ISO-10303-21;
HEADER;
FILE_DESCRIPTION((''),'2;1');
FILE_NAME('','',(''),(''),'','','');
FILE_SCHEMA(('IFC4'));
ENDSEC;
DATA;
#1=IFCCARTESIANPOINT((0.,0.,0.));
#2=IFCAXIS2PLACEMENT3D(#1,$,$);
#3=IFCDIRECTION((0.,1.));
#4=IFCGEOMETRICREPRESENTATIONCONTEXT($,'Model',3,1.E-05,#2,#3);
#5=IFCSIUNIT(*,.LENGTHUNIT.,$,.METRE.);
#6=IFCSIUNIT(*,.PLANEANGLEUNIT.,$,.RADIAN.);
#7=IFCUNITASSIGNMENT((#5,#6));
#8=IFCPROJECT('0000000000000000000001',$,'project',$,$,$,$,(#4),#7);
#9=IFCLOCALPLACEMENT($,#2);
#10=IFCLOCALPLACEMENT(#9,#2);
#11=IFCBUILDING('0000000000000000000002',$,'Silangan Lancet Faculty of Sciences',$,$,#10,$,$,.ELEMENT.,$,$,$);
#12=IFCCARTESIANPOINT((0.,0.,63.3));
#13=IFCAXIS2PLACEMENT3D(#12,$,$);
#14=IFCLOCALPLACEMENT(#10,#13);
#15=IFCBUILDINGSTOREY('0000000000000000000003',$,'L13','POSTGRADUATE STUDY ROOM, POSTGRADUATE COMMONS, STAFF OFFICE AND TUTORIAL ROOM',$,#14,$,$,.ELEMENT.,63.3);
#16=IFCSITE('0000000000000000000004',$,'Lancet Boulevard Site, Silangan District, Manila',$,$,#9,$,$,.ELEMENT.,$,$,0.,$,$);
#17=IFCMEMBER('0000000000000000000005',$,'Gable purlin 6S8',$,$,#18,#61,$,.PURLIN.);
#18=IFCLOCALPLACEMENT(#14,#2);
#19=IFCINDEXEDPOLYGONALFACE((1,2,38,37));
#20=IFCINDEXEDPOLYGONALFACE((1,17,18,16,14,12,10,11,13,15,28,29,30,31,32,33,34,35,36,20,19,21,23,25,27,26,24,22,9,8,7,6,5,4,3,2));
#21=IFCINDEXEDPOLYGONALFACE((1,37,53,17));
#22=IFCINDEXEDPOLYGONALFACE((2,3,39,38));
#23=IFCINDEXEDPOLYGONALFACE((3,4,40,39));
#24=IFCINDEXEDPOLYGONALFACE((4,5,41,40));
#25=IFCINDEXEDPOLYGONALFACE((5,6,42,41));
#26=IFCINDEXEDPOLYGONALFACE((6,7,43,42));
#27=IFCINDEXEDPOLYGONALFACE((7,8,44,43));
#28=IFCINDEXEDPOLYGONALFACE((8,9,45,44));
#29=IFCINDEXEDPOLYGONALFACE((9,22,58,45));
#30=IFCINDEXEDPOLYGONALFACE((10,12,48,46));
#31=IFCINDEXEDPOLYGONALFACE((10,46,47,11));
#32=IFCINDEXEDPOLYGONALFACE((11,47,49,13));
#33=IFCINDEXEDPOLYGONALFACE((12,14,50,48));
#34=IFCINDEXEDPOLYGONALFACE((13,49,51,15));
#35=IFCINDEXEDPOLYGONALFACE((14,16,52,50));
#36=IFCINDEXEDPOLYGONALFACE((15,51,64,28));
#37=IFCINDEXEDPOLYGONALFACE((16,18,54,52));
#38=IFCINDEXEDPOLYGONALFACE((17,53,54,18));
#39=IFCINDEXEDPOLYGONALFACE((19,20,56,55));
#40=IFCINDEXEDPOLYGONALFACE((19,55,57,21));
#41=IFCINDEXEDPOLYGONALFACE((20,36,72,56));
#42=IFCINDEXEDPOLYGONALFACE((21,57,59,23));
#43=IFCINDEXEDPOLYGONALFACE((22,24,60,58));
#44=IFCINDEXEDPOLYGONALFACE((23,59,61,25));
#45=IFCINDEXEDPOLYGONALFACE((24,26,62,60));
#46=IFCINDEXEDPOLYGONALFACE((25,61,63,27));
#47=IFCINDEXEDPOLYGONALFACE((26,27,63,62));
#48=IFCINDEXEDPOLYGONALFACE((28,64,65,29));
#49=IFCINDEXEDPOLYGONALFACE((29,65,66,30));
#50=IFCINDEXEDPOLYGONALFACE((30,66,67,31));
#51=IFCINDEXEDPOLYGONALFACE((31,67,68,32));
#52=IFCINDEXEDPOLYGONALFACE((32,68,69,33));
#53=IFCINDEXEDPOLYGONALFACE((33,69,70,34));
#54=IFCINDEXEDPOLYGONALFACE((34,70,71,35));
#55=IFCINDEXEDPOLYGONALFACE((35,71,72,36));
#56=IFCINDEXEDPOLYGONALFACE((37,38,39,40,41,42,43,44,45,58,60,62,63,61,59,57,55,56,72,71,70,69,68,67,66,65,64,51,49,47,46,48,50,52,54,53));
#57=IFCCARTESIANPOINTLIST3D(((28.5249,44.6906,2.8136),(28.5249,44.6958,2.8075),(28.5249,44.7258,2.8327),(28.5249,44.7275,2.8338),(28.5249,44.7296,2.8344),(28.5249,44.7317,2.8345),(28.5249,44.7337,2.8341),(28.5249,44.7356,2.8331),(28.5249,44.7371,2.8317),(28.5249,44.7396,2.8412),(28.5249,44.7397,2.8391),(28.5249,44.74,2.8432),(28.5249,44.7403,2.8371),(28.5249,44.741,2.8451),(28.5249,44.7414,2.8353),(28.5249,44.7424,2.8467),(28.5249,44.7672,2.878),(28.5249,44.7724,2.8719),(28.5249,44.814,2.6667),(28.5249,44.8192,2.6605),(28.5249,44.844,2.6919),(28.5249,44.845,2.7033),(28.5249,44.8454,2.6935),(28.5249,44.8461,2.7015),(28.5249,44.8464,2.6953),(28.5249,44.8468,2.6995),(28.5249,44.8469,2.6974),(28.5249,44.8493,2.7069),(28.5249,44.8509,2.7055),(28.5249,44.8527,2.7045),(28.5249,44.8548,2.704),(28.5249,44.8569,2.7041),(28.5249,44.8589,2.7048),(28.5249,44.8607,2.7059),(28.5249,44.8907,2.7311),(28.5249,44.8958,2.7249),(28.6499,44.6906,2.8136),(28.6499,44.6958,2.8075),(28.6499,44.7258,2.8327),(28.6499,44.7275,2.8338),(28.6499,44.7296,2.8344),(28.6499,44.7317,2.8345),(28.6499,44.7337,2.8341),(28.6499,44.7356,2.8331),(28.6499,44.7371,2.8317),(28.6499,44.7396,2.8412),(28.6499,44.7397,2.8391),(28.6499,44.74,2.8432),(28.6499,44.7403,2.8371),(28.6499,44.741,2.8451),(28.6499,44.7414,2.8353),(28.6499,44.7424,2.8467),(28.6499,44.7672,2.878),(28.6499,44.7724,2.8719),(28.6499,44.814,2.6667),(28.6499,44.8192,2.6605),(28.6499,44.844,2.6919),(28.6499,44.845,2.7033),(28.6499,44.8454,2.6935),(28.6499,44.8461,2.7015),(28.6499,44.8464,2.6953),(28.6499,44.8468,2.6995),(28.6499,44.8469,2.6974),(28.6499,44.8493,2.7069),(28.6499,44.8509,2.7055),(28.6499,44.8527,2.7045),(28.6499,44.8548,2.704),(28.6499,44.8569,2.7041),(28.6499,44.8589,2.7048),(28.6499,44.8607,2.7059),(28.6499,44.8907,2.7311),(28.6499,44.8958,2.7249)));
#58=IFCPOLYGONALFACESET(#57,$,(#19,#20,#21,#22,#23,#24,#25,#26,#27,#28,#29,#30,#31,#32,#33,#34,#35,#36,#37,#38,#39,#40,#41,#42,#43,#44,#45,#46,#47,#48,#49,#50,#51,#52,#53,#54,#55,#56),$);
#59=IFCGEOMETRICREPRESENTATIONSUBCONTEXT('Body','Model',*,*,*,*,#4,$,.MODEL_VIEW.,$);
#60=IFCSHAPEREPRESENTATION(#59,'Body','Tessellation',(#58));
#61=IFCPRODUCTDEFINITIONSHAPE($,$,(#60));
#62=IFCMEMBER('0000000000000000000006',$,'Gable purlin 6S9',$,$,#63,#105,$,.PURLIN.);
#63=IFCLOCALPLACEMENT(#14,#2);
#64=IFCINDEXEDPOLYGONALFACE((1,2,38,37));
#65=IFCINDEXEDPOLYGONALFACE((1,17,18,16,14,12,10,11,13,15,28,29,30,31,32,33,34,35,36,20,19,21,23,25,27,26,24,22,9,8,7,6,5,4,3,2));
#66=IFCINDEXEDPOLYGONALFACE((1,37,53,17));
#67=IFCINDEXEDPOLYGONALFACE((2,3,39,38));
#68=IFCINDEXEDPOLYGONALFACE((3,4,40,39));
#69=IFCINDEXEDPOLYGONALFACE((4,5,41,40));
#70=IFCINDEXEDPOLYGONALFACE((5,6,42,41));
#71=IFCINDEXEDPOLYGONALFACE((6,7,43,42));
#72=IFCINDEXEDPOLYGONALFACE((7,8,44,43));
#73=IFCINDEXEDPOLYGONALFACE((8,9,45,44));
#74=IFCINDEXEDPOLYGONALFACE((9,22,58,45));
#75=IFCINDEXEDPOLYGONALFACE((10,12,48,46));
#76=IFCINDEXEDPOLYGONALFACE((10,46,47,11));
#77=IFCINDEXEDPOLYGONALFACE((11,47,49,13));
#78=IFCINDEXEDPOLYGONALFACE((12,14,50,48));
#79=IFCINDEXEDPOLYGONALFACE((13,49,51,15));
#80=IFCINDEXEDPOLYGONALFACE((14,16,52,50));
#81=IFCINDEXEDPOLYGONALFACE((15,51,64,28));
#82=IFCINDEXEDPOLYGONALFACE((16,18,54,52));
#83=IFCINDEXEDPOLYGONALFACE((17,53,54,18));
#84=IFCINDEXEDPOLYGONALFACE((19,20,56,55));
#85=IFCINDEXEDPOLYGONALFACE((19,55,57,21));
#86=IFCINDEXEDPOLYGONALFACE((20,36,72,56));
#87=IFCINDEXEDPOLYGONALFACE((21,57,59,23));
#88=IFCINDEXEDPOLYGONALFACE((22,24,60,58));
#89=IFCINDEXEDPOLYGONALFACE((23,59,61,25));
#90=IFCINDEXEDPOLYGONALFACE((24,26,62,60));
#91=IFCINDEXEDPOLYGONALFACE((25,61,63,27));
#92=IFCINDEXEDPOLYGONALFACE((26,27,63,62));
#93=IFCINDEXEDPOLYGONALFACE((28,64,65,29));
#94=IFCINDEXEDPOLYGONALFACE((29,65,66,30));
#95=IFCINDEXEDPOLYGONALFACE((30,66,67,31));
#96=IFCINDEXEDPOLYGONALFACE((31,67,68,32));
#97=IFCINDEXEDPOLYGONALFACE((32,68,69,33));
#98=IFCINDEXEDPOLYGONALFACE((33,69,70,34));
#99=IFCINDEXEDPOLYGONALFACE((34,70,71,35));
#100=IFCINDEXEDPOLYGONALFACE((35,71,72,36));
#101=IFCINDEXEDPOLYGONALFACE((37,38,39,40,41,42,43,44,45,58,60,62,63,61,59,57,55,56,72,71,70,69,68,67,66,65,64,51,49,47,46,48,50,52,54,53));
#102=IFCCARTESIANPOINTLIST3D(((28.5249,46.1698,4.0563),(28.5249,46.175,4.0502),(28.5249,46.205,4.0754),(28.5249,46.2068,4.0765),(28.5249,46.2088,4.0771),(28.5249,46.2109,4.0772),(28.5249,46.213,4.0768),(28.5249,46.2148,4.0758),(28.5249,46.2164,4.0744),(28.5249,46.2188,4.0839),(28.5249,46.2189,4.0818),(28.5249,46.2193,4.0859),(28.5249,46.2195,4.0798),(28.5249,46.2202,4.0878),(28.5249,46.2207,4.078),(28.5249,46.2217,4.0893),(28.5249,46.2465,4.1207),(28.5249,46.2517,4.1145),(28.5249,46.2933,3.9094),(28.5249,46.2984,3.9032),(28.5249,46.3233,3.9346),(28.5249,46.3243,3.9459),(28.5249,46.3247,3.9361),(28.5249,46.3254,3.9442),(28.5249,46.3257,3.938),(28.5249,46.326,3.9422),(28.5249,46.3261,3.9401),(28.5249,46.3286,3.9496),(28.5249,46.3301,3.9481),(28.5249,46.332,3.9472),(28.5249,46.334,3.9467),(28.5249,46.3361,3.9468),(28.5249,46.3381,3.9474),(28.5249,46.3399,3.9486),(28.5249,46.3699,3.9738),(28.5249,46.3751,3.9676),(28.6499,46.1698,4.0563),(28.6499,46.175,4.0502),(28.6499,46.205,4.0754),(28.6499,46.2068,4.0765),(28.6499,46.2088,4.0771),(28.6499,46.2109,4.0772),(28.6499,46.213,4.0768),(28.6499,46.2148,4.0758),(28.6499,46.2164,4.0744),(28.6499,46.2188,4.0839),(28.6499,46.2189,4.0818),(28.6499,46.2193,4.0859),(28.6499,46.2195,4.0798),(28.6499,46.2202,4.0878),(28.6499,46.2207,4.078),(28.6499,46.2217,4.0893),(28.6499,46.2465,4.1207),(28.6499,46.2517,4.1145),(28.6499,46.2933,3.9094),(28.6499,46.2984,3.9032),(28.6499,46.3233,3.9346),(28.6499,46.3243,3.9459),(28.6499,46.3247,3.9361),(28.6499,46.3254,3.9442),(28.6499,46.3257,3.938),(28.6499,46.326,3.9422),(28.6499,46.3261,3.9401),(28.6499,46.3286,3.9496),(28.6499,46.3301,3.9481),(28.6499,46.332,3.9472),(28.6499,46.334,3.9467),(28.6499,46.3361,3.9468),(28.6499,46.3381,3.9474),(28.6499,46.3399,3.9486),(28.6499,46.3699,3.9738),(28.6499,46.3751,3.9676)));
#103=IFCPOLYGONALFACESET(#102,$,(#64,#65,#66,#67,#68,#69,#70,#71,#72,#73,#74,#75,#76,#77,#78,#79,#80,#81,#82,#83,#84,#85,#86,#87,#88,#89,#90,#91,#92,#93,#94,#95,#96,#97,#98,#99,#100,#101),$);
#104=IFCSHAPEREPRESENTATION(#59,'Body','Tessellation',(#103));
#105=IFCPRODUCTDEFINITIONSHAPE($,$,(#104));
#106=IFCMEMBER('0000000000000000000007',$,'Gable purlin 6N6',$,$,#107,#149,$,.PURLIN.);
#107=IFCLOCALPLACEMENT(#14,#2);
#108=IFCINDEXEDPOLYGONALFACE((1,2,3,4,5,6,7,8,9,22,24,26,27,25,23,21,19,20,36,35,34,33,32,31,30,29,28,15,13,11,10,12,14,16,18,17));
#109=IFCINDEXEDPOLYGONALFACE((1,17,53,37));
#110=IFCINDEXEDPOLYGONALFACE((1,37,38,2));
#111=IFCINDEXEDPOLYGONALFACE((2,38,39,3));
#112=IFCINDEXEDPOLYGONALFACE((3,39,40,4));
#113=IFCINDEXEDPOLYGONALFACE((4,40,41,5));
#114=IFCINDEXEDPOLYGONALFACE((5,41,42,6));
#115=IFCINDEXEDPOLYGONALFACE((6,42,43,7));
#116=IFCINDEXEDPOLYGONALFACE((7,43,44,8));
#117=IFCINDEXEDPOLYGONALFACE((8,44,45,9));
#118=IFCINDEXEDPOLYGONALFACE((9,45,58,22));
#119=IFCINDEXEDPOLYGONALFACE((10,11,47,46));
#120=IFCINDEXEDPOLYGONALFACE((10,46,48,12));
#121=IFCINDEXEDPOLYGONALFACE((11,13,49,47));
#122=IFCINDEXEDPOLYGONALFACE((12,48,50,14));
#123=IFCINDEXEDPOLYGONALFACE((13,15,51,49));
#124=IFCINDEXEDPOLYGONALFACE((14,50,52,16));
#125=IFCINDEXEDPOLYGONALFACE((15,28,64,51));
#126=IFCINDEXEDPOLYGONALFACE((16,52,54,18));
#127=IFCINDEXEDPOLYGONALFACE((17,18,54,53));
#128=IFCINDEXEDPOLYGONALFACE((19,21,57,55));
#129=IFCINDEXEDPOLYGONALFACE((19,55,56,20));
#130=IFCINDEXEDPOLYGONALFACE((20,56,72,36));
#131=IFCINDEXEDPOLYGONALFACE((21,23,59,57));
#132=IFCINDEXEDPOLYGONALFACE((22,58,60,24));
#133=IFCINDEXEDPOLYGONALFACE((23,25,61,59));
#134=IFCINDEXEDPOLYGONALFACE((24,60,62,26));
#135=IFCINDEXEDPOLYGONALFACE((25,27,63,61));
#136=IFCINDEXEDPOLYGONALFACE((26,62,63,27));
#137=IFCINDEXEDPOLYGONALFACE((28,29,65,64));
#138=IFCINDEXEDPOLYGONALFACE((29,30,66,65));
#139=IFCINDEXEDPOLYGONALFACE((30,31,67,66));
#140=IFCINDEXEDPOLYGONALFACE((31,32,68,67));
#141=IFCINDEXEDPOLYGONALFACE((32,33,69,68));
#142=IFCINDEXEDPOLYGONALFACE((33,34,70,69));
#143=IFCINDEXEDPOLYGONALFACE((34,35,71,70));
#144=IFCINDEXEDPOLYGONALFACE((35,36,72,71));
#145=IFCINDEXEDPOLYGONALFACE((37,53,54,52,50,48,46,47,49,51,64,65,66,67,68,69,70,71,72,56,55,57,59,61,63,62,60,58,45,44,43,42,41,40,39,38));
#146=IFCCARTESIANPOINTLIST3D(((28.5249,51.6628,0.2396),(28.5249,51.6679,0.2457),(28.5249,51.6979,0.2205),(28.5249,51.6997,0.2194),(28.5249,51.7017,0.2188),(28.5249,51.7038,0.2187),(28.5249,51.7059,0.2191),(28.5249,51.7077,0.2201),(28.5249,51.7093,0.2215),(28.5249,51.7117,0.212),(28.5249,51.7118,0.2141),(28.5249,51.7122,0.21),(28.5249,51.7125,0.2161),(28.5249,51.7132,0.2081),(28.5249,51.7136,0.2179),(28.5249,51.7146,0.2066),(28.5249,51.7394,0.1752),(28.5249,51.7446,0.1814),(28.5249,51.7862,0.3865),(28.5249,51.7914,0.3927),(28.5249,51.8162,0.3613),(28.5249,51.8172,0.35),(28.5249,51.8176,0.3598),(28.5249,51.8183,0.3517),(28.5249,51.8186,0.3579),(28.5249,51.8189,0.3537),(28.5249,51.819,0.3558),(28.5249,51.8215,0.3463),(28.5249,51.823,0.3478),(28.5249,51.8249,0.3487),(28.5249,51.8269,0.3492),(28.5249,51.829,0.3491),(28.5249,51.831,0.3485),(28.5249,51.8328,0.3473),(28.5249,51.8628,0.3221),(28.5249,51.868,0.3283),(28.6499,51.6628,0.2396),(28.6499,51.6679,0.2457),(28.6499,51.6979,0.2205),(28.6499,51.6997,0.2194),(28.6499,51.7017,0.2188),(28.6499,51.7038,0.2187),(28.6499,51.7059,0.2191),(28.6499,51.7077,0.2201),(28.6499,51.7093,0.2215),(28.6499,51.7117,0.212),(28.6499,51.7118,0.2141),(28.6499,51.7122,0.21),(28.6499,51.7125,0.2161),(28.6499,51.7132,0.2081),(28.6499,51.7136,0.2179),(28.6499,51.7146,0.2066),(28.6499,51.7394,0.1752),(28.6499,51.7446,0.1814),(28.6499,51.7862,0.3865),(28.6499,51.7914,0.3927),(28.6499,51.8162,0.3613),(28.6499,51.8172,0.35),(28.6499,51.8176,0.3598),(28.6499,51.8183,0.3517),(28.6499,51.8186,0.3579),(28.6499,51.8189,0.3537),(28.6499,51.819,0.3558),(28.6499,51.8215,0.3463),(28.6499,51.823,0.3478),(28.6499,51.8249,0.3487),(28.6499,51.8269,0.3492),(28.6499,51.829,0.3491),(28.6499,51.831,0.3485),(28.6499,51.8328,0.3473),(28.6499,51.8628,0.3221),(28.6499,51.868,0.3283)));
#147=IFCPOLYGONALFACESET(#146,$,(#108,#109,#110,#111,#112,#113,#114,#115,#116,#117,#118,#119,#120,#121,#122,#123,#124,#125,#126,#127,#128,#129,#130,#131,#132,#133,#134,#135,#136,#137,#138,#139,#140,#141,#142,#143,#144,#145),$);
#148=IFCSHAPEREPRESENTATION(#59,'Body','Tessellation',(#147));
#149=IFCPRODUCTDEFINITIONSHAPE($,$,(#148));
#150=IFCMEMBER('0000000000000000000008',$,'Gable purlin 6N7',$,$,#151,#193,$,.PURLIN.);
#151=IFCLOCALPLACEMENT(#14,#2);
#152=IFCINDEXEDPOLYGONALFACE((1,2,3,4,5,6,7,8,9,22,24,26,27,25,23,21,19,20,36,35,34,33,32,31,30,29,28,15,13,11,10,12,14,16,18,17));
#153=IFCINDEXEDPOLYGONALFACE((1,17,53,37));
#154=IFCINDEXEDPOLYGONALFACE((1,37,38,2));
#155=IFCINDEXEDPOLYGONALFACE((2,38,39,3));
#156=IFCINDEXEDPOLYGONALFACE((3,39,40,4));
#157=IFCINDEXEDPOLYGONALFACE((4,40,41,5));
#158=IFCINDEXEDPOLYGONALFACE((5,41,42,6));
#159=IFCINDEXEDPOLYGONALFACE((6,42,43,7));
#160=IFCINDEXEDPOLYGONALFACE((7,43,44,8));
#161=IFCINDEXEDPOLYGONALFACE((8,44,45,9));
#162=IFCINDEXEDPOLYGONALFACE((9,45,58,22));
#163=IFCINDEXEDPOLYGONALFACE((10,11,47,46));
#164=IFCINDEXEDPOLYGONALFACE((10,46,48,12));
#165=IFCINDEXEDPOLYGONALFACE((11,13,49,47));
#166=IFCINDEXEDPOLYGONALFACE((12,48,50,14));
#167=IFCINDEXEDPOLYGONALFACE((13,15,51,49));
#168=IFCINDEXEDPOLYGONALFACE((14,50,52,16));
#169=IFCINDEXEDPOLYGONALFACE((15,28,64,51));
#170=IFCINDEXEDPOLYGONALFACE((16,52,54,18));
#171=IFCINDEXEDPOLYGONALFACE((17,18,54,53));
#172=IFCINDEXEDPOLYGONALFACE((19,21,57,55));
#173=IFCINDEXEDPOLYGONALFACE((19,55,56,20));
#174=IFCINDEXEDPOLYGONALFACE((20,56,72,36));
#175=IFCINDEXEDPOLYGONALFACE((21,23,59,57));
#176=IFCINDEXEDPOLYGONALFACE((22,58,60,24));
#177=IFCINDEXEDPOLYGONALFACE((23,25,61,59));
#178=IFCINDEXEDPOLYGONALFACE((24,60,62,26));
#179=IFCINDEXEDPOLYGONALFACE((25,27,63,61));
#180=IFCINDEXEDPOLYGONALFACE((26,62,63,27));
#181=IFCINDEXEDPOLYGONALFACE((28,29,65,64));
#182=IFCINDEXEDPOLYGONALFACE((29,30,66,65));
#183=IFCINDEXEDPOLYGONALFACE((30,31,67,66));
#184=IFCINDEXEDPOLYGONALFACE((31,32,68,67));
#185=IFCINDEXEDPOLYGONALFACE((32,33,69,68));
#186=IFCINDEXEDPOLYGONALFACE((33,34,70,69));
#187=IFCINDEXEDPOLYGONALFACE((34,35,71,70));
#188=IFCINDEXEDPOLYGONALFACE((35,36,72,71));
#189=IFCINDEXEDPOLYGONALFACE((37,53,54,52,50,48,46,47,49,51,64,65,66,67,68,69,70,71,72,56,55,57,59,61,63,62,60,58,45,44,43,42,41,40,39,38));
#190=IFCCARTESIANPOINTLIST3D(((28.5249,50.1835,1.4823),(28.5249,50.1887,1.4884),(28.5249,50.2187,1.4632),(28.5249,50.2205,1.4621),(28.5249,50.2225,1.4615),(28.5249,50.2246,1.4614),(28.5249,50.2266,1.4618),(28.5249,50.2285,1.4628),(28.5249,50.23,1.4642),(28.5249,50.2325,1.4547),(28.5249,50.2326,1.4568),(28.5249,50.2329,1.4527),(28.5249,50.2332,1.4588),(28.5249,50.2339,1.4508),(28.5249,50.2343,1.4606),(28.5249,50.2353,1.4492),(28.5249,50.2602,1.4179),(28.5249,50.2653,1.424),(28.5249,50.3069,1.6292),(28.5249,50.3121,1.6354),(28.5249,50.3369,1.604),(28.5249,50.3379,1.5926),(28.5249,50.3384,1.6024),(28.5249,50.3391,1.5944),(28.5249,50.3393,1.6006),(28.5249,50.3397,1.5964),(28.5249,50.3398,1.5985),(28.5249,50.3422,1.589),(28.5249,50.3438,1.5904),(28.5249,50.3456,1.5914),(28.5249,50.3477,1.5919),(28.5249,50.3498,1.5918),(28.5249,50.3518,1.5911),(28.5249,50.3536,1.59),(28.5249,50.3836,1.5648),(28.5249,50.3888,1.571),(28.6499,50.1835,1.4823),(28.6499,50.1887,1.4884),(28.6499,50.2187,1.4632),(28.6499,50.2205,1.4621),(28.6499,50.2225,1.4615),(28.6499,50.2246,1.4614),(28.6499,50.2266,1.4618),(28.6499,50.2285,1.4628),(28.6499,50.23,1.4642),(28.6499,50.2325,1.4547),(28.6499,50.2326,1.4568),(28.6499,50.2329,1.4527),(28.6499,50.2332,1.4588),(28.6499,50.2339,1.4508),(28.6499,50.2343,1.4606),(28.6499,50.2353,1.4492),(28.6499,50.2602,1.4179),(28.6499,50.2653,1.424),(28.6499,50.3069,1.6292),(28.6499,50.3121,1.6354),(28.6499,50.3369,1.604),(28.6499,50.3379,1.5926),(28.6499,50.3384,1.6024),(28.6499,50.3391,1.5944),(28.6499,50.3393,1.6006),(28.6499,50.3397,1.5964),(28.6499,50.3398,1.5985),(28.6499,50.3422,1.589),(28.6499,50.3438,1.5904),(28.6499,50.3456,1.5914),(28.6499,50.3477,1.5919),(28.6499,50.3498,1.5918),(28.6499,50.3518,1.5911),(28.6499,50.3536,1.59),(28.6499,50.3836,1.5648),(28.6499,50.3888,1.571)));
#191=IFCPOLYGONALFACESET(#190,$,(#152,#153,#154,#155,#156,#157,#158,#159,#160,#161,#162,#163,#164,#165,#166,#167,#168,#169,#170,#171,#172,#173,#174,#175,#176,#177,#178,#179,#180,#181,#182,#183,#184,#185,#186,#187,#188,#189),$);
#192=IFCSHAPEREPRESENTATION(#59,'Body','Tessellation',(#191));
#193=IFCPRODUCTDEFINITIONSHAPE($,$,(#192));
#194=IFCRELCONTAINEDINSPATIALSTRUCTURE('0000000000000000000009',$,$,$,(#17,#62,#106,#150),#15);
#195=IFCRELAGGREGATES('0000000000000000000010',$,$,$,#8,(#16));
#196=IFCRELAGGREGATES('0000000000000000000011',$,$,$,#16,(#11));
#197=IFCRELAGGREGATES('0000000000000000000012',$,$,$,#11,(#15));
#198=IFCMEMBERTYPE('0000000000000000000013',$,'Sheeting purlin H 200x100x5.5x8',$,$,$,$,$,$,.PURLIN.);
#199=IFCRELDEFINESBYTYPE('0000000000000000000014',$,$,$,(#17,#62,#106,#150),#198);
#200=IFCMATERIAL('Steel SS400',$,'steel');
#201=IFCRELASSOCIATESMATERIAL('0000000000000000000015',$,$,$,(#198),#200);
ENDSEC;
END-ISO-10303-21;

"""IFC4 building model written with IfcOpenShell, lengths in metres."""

from ifc_helpers import new_model, si_unit, direction, frame, origin, origin_2d, place, context, subcontext, project, spatial, i_section, extrude, material, material_profile, profile_set, type_object, element, save


model = new_model("IFC4")

# Units and contexts
model_context = context("Model", 3, precision=1e-05, world=origin(), true_north=direction((0.0, 1.0)))
body_context = subcontext(model_context, "Body", "Model", "MODEL_VIEW")
ifc_project = project(units=[si_unit("LENGTHUNIT", "METRE"), si_unit("PLANEANGLEUNIT", "RADIAN")], contexts=[model_context])

# Site, building, storey
site_placement = place(None, origin())
site = spatial("IfcSite", under=ifc_project, at=site_placement, Name="Lancet Boulevard Site, Silangan District, Manila", CompositionType="ELEMENT", RefElevation=0.0)
building_placement = place(site_placement, origin())
building = spatial("IfcBuilding", under=site, at=building_placement, Name="Silangan Lancet Faculty of Sciences", CompositionType="ELEMENT")
storey_placement = place(building_placement, frame((0.0, 0.0, 63.3)))
storey = spatial("IfcBuildingStorey", under=building, at=storey_placement, Name="L13", Description="POSTGRADUATE STUDY ROOM, POSTGRADUATE COMMONS, STAFF OFFICE AND TUTORIAL ROOM", CompositionType="ELEMENT", Elevation=63.3)

# Members
ifc_material = material(Name="Steel SS400", Category="steel")
ifc_material_profile = material_profile(ifc_material, i_section(OverallWidth=0.1001, OverallDepth=0.2, WebThickness=0.0056, FlangeThickness=0.0081, FilletRadius=0.0081, at=origin_2d()), Name="H 200x100x5.5x8")
ifc_profile_set = profile_set([ifc_material_profile], Name="Steel SS400")
member_type = type_object("IfcMemberType", Name="Sheeting purlin H 200x100x5.5x8", PredefinedType="PURLIN", material=ifc_profile_set)
for number, where, z_axis, x_axis, name in (
    (1, (28.5249, 44.7932, 2.7693), (1.0, 0.0, 0.0), (0.0, 0.765705, 0.643192), "Gable purlin 6S8"),
    (2, (28.5249, 46.2725, 4.012), (1.0, 0.0, 0.0), (0.0, 0.765705, 0.643192), "Gable purlin 6S9"),
    (3, (28.5249, 51.7654, 0.2839), (1.0, 0.0, 0.0), (0.0, 0.765705, -0.643192), "Gable purlin 6N6"),
    (4, (28.5249, 50.2861, 1.5266), (1.0, 0.0, 0.0), (0.0, 0.765705, -0.643192), "Gable purlin 6N7"),
):
    element("IfcMember", number, at=place(storey_placement, frame(where, z_axis=z_axis, x_axis=x_axis)), inside=storey, type_object=member_type, Name=name, PredefinedType="PURLIN", context=body_context, shape_type="SweptSolid", body=[
        extrude(i_section(OverallWidth=0.1001, OverallDepth=0.2, WebThickness=0.0056, FlangeThickness=0.0081, FilletRadius=0.0081, at=origin_2d()), origin(), (0.0, 0.0, 1.0), 0.125),
    ])

save(model, "model.ifc")
